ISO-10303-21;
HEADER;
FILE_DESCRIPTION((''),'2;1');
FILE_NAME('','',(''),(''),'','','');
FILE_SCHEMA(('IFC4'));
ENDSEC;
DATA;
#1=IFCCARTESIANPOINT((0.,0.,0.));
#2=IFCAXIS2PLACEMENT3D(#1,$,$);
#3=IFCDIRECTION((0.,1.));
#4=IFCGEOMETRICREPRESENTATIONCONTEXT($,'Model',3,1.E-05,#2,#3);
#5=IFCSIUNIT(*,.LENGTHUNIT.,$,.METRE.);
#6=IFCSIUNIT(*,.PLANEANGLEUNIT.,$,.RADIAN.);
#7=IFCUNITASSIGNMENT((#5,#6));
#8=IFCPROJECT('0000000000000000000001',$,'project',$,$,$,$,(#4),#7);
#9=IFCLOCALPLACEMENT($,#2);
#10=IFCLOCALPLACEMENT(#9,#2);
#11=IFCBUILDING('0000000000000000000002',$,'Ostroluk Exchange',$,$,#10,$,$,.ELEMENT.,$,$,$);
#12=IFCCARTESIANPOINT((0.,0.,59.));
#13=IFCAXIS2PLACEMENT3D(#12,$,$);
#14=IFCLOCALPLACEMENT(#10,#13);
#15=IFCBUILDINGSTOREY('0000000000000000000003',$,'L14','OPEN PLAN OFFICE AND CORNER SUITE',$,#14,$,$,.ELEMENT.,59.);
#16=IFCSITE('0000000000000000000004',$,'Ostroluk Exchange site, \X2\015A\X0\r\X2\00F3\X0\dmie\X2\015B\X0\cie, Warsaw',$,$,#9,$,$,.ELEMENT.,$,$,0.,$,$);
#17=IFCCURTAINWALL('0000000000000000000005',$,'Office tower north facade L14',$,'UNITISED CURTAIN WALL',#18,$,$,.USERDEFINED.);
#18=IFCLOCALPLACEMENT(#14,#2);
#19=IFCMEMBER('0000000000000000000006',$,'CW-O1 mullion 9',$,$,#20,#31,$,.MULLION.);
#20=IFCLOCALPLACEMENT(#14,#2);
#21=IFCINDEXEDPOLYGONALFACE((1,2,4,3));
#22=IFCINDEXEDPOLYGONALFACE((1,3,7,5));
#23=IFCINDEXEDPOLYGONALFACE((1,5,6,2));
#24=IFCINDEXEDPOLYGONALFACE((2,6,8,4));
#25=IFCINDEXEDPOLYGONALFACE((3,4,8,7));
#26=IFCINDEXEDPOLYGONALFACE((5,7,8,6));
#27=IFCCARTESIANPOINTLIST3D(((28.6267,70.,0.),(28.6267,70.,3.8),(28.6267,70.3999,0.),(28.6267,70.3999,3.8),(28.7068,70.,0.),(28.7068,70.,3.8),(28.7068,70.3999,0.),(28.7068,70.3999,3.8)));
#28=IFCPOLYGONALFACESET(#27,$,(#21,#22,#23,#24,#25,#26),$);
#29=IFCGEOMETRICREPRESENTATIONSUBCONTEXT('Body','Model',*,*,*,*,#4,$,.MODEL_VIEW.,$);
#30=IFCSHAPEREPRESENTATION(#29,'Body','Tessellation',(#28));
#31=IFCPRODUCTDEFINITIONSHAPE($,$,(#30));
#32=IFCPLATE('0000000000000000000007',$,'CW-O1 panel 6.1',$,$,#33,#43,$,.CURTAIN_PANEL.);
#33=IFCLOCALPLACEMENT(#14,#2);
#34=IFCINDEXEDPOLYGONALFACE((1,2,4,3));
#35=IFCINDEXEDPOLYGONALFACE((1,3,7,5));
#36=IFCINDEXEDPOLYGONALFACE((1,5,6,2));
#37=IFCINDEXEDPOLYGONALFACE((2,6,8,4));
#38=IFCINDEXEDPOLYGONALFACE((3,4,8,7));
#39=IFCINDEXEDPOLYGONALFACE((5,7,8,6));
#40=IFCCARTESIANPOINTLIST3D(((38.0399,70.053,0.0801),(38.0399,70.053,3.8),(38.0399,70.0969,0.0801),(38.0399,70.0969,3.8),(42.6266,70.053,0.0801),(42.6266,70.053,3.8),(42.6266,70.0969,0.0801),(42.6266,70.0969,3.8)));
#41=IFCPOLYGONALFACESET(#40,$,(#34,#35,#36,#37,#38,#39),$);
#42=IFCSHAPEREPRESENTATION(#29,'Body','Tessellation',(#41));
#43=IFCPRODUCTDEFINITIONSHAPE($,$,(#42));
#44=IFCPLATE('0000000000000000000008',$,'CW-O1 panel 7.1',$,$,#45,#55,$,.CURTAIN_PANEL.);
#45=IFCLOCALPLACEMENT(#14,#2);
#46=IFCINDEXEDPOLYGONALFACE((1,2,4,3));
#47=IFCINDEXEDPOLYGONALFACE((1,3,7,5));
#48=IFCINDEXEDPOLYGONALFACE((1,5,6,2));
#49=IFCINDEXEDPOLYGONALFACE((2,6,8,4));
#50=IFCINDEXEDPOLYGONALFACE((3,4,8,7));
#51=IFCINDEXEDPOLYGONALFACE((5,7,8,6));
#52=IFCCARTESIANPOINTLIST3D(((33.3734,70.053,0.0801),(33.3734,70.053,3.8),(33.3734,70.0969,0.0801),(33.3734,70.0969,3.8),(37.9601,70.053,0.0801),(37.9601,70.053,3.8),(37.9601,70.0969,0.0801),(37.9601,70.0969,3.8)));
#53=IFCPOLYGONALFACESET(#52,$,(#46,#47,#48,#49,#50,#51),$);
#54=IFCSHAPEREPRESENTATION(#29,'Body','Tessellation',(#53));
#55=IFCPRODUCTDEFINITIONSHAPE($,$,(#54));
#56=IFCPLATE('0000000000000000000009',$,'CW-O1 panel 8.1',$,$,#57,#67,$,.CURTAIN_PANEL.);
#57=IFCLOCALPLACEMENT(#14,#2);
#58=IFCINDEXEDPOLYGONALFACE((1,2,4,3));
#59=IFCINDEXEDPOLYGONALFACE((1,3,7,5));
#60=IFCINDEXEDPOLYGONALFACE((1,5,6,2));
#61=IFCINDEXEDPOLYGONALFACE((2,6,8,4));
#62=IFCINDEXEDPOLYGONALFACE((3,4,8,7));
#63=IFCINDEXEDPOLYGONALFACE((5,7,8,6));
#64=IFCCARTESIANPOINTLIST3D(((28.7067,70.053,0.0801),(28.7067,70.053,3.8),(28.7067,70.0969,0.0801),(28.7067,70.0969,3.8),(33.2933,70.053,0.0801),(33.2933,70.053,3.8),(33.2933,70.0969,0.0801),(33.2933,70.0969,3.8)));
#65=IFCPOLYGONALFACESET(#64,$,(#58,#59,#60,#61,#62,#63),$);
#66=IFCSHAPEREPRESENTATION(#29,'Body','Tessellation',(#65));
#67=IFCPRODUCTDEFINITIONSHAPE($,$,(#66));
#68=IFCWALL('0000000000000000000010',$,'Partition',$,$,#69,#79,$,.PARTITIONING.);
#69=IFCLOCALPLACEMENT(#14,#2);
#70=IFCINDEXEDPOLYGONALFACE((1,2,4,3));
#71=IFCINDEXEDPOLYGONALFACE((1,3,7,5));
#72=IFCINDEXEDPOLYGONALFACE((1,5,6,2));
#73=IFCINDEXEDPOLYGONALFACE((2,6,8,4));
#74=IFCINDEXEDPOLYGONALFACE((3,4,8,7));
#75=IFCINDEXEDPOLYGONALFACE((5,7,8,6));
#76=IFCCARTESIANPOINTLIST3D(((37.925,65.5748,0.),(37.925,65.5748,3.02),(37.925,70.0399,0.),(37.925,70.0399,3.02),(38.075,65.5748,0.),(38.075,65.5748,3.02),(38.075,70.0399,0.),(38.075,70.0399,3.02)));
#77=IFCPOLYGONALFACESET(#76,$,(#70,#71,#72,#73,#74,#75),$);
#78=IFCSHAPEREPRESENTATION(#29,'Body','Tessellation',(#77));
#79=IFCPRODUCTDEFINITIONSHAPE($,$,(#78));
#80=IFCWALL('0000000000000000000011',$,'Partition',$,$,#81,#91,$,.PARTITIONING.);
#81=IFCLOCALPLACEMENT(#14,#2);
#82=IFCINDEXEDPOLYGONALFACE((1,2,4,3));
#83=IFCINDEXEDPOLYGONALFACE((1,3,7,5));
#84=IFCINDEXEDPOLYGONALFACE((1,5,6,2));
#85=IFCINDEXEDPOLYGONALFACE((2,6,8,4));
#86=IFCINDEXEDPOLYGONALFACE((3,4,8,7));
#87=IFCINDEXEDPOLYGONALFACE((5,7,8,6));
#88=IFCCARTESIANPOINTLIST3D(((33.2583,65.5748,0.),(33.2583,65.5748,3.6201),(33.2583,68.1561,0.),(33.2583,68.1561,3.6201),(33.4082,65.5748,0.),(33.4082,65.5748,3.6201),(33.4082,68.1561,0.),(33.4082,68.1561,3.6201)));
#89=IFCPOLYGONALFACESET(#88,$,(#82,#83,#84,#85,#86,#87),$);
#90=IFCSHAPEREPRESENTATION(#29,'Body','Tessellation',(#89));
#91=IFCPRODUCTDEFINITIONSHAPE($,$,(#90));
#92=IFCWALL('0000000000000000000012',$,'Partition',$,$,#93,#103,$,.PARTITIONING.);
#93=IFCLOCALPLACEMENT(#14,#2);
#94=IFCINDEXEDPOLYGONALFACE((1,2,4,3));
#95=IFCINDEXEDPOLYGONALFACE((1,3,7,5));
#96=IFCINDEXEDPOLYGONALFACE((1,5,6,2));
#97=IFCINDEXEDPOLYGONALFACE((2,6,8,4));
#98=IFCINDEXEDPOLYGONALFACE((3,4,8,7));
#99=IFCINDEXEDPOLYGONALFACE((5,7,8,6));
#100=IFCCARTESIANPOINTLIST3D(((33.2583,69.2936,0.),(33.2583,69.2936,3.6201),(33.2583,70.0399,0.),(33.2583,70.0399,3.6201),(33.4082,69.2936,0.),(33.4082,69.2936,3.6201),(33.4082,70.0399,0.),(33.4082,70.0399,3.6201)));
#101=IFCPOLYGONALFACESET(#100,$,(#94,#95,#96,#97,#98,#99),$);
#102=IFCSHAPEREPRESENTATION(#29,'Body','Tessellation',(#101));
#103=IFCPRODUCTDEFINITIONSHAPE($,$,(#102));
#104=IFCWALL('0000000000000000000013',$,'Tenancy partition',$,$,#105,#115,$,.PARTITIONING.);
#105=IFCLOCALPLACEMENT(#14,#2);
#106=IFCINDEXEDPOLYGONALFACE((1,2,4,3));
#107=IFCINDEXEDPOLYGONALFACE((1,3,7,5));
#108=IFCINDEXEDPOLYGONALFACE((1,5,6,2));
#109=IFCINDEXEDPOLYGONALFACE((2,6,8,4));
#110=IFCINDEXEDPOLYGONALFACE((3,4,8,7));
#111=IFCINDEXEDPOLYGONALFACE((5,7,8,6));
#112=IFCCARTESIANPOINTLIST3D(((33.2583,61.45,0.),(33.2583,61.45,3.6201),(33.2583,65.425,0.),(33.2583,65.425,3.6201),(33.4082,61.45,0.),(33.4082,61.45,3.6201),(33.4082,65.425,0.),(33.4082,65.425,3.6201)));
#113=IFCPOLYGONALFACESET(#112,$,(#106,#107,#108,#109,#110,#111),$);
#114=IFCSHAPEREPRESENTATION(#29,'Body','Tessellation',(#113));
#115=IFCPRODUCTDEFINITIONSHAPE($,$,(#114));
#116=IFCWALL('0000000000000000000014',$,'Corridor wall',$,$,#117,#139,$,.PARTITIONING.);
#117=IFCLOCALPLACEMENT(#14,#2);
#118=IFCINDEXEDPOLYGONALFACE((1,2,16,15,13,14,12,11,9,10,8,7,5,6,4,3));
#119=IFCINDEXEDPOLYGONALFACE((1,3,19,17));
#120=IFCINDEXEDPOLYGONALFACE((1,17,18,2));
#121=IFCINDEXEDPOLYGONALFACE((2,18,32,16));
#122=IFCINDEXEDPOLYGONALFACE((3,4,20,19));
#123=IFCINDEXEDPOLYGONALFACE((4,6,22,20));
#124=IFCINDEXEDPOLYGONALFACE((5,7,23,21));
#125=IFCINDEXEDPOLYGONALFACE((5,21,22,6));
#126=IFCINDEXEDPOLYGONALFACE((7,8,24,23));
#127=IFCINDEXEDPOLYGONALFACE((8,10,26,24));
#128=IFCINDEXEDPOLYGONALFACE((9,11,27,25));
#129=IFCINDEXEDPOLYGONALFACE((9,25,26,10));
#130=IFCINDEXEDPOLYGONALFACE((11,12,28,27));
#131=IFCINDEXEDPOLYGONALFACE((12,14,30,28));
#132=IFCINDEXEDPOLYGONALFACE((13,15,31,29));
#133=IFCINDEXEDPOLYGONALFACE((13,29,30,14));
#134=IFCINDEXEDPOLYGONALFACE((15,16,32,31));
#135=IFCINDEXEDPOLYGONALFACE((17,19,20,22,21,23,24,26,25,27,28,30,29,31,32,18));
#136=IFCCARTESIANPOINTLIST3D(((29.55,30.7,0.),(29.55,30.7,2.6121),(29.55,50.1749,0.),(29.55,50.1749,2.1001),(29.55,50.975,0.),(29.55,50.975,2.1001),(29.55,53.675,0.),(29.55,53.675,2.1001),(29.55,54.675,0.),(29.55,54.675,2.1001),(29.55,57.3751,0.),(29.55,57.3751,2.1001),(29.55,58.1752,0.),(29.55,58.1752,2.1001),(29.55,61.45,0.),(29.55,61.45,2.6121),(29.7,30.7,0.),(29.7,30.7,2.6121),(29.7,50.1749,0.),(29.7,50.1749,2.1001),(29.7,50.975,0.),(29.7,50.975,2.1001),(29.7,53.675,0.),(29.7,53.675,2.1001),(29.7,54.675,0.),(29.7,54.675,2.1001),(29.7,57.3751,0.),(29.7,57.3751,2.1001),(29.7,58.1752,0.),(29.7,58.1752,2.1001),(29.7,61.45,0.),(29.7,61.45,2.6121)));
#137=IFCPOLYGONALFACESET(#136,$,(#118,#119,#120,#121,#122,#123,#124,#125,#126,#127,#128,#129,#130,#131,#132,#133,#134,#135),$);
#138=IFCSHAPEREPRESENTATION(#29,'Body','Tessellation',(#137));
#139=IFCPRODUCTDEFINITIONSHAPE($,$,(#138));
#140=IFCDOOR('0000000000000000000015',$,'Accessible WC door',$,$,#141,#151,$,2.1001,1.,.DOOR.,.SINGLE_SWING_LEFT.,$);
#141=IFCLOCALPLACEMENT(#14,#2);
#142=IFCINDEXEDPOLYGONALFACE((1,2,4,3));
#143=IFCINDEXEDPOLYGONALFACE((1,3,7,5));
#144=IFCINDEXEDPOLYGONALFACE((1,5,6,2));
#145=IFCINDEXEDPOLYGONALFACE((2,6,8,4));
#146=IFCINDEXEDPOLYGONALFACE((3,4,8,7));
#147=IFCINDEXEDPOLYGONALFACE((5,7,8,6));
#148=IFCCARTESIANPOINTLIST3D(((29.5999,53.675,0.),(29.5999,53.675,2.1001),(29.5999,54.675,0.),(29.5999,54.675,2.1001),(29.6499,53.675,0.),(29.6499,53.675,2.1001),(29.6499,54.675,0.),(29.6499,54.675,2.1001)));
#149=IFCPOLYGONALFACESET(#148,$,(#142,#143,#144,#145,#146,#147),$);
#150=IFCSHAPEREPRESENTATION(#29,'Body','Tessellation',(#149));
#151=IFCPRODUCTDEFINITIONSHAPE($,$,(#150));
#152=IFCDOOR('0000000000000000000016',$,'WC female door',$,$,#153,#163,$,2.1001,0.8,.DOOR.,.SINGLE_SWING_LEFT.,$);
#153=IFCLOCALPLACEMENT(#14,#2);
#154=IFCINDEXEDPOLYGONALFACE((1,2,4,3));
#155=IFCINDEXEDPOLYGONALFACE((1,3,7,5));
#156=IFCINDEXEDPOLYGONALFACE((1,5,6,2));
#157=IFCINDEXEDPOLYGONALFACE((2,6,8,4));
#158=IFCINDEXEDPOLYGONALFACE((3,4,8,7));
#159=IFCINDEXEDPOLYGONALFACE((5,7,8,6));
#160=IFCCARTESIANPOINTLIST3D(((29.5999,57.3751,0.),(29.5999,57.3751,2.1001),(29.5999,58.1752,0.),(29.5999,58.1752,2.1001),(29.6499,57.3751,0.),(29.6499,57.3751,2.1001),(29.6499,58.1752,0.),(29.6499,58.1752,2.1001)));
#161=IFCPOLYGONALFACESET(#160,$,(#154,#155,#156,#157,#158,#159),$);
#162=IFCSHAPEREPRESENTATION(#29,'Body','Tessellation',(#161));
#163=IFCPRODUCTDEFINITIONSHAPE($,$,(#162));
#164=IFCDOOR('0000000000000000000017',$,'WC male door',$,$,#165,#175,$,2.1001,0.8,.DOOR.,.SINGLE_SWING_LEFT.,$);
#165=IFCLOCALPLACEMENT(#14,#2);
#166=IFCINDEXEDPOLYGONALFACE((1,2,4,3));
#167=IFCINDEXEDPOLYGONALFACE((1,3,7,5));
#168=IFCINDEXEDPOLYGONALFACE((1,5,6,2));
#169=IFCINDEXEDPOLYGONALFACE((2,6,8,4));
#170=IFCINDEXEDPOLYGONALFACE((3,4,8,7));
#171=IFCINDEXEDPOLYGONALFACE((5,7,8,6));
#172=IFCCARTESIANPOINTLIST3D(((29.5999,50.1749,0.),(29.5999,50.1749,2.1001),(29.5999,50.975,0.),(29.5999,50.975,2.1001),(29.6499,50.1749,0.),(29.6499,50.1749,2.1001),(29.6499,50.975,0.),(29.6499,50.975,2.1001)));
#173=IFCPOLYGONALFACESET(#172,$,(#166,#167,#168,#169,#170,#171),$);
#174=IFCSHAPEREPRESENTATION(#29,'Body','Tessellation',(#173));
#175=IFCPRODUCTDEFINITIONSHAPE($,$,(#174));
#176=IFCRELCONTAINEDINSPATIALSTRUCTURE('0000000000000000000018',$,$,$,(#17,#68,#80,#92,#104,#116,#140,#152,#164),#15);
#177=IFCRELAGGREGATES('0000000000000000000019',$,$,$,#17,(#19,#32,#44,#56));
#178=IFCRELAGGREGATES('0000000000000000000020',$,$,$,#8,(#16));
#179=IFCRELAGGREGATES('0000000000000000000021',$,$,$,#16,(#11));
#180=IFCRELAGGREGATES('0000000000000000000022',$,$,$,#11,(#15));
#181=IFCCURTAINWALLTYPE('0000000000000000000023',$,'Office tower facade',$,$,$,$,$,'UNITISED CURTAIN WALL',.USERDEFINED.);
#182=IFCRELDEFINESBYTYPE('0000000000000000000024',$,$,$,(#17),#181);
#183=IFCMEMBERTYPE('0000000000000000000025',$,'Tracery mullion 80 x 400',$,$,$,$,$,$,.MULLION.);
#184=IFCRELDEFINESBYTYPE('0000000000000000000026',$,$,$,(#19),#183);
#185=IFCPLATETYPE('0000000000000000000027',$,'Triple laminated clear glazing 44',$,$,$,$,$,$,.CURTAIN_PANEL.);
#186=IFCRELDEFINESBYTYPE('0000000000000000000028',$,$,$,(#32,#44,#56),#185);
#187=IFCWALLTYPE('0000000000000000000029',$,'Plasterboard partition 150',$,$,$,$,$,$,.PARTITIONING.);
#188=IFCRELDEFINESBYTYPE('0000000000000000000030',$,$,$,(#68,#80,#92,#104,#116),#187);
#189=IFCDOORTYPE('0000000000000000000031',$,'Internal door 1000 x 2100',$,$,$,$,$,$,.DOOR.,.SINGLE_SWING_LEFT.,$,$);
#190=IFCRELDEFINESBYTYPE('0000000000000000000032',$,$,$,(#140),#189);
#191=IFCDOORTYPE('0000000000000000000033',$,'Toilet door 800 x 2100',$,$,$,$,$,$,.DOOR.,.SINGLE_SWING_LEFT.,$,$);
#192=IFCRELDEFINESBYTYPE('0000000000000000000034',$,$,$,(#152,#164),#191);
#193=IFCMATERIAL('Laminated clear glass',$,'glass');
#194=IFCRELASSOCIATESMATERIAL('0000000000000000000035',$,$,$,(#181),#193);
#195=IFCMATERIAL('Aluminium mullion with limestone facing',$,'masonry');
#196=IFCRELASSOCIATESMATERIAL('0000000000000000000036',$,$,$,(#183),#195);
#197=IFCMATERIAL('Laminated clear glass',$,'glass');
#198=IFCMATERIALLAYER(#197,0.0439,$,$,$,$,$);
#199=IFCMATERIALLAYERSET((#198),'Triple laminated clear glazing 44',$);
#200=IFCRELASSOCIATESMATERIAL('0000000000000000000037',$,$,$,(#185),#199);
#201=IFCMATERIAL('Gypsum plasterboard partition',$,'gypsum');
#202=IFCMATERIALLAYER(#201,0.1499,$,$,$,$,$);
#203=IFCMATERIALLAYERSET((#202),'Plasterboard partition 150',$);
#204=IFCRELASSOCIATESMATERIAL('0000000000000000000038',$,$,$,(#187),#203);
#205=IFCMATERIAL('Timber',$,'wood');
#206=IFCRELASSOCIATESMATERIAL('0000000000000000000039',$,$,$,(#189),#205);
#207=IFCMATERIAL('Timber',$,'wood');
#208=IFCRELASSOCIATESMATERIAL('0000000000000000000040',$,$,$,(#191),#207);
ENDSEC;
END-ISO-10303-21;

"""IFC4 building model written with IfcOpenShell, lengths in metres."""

from ifc_helpers import new_model, si_unit, direction, frame, frame_2d, origin, origin_2d, place, context, subcontext, project, spatial, rectangle, extrude, material, layer, layer_set, material_profile, profile_set, type_object, element, fill, aggregate, save


model = new_model("IFC4")

# Units and contexts
model_context = context("Model", 3, precision=1e-05, world=origin(), true_north=direction((0.0, 1.0)))
body_context = subcontext(model_context, "Body", "Model", "MODEL_VIEW")
ifc_project = project(units=[si_unit("LENGTHUNIT", "METRE"), si_unit("PLANEANGLEUNIT", "RADIAN")], contexts=[model_context])

# Site, building, storey
site_placement = place(None, origin())
site = spatial("IfcSite", under=ifc_project, at=site_placement, Name="Ostroluk Exchange site, Śródmieście, Warsaw", CompositionType="ELEMENT", RefElevation=0.0)
building_placement = place(site_placement, origin())
building = spatial("IfcBuilding", under=site, at=building_placement, Name="Ostroluk Exchange", CompositionType="ELEMENT")
storey_placement = place(building_placement, frame((0.0, 0.0, 59.0)))
storey = spatial("IfcBuildingStorey", under=building, at=storey_placement, Name="L14", Description="OPEN PLAN OFFICE AND CORNER SUITE", CompositionType="ELEMENT", Elevation=59.0)

# Curtain wall, member, plates
ifc_material_1 = material(Name="Laminated clear glass", Category="glass")
curtain_wall_type = type_object("IfcCurtainWallType", Name="Office tower facade", ElementType="UNITISED CURTAIN WALL", PredefinedType="USERDEFINED", material=ifc_material_1)
curtain_wall_placement = place(storey_placement, origin())
curtain_wall = element("IfcCurtainWall", 1, at=curtain_wall_placement, inside=storey, type_object=curtain_wall_type, Name="Office tower north facade L14", ObjectType="UNITISED CURTAIN WALL", PredefinedType="USERDEFINED")
ifc_material_2 = material(Name="Aluminium mullion with limestone facing", Category="masonry")
ifc_material_profile_1 = material_profile(ifc_material_2, rectangle(XDim=0.3999, YDim=0.0801, at=origin_2d()), Name="Tracery mullion 80 x 400")
ifc_profile_set_1 = profile_set([ifc_material_profile_1], Name="Aluminium mullion with limestone facing")
member_type_1 = type_object("IfcMemberType", Name="Tracery mullion 80 x 400", PredefinedType="MULLION", material=ifc_profile_set_1)
member_1_placement = place(storey_placement, frame((28.6667, 70.2, 0.0), z_axis=(0.0, 0.0, 1.0), x_axis=(0.0, -1.0, 0.0)))
member_1 = element("IfcMember", 2, at=member_1_placement, type_object=member_type_1, Name="CW-O1 mullion 9", PredefinedType="MULLION", context=body_context, shape_type="SweptSolid", body=[
    extrude(rectangle(XDim=0.3999, YDim=0.0801, at=origin_2d()), origin(), (0.0, 0.0, 1.0), 3.8),
])
ifc_material_3 = material(Name="Laminated clear glass", Category="glass")
ifc_layer_1 = layer(ifc_material_3, 0.0439)
ifc_layer_set_1 = layer_set([ifc_layer_1], Name="Triple laminated clear glazing 44")
plate_type = type_object("IfcPlateType", Name="Triple laminated clear glazing 44", PredefinedType="CURTAIN_PANEL", material=ifc_layer_set_1)
plate_1_placement = place(storey_placement, frame((40.3333, 70.075, 0.0801), z_axis=(0.0, 0.0, 1.0), x_axis=(-1.0, 0.0, 0.0)))
plate_1 = element("IfcPlate", 3, at=plate_1_placement, type_object=plate_type, Name="CW-O1 panel 6.1", PredefinedType="CURTAIN_PANEL", context=body_context, shape_type="SweptSolid", body=[
    extrude(rectangle(XDim=4.5867, YDim=0.0439, at=origin_2d()), origin(), (0.0, 0.0, 1.0), 3.72),
])
plate_2_placement = place(storey_placement, frame((35.6667, 70.075, 0.0801), z_axis=(0.0, 0.0, 1.0), x_axis=(-1.0, 0.0, 0.0)))
plate_2 = element("IfcPlate", 4, at=plate_2_placement, type_object=plate_type, Name="CW-O1 panel 7.1", PredefinedType="CURTAIN_PANEL", context=body_context, shape_type="SweptSolid", body=[
    extrude(rectangle(XDim=4.5867, YDim=0.0439, at=origin_2d()), origin(), (0.0, 0.0, 1.0), 3.72),
])
plate_3_placement = place(storey_placement, frame((31.0, 70.075, 0.0801), z_axis=(0.0, 0.0, 1.0), x_axis=(-1.0, 0.0, 0.0)))
plate_3 = element("IfcPlate", 5, at=plate_3_placement, type_object=plate_type, Name="CW-O1 panel 8.1", PredefinedType="CURTAIN_PANEL", context=body_context, shape_type="SweptSolid", body=[
    extrude(rectangle(XDim=4.5867, YDim=0.0439, at=origin_2d()), origin(), (0.0, 0.0, 1.0), 3.72),
])
aggregate(curtain_wall, [member_1, plate_1, plate_2, plate_3])

# Walls
ifc_material_4 = material(Name="Gypsum plasterboard partition", Category="gypsum")
ifc_layer_2 = layer(ifc_material_4, 0.1499)
ifc_layer_set_2 = layer_set([ifc_layer_2], Name="Plasterboard partition 150")
wall_type_1 = type_object("IfcWallType", Name="Plasterboard partition 150", PredefinedType="PARTITIONING", material=ifc_layer_set_2)
wall_1_placement = place(storey_placement, frame((38.0, 65.575, 0.0), z_axis=(0.0, 0.0, 1.0), x_axis=(0.0, 1.0, 0.0)))
element("IfcWall", 6, at=wall_1_placement, inside=storey, type_object=wall_type_1, Name="Partition", PredefinedType="PARTITIONING", context=body_context, shape_type="SweptSolid", body=[
    extrude(rectangle(XDim=4.4651, YDim=0.1499, at=frame_2d((2.2324, 0.0))), origin(), (0.0, 0.0, 1.0), 3.02),
])
wall_2_placement = place(storey_placement, frame((33.3333, 65.575, 0.0), z_axis=(0.0, 0.0, 1.0), x_axis=(0.0, 1.0, 0.0)))
element("IfcWall", 7, at=wall_2_placement, inside=storey, type_object=wall_type_1, Name="Partition", PredefinedType="PARTITIONING", context=body_context, shape_type="SweptSolid", body=[
    extrude(rectangle(XDim=2.5813, YDim=0.1499, at=frame_2d((1.2905, 0.0))), origin(), (0.0, 0.0, 1.0), 3.6201),
])
wall_3_placement = place(storey_placement, frame((33.3333, 69.2937, 0.0), z_axis=(0.0, 0.0, 1.0), x_axis=(0.0, 1.0, 0.0)))
element("IfcWall", 8, at=wall_3_placement, inside=storey, type_object=wall_type_1, Name="Partition", PredefinedType="PARTITIONING", context=body_context, shape_type="SweptSolid", body=[
    extrude(rectangle(XDim=0.7463, YDim=0.1499, at=frame_2d((0.373, 0.0))), origin(), (0.0, 0.0, 1.0), 3.6201),
])
wall_4_placement = place(storey_placement, frame((33.3333, 61.45, 0.0), z_axis=(0.0, 0.0, 1.0), x_axis=(0.0, 1.0, 0.0)))
element("IfcWall", 9, at=wall_4_placement, inside=storey, type_object=wall_type_1, Name="Tenancy partition", PredefinedType="PARTITIONING", context=body_context, shape_type="SweptSolid", body=[
    extrude(rectangle(XDim=3.9751, YDim=0.1499, at=frame_2d((1.9875, 0.0))), origin(), (0.0, 0.0, 1.0), 3.6201),
])

# Wall, openings, doors
wall_5_placement = place(storey_placement, frame((29.625, 61.45, 0.0), z_axis=(0.0, 0.0, 1.0), x_axis=(0.0, -1.0, 0.0)))
wall_5 = element("IfcWall", 10, at=wall_5_placement, inside=storey, type_object=wall_type_1, Name="Corridor wall", PredefinedType="PARTITIONING", context=body_context, shape_type="SweptSolid", body=[
    extrude(rectangle(XDim=30.75, YDim=0.1499, at=frame_2d((15.375, 0.0))), origin(), (0.0, 0.0, 1.0), 2.6121),
])
opening_1_placement = place(wall_5_placement, frame((3.2749, 0.0, 0.0)))
opening_1 = element("IfcOpeningElement", 11, at=opening_1_placement, cuts=wall_5, PredefinedType="OPENING", context=body_context, shape_type="SweptSolid", body=[
    extrude(rectangle(XDim=0.8, YDim=2.1001, at=frame_2d((0.3999, 1.05))), frame((0.0, 0.085, 0.0), z_axis=(0.0, -1.0, 0.0), x_axis=(1.0, 0.0, 0.0)), (0.0, 0.0, 1.0), 0.1699),
])
opening_2_placement = place(wall_5_placement, frame((6.7749, 0.0, 0.0)))
opening_2 = element("IfcOpeningElement", 12, at=opening_2_placement, cuts=wall_5, PredefinedType="OPENING", context=body_context, shape_type="SweptSolid", body=[
    extrude(rectangle(XDim=1.0, YDim=2.1001, at=frame_2d((0.5, 1.05))), frame((0.0, 0.085, 0.0), z_axis=(0.0, -1.0, 0.0), x_axis=(1.0, 0.0, 0.0)), (0.0, 0.0, 1.0), 0.1699),
])
opening_3_placement = place(wall_5_placement, frame((10.4751, 0.0, 0.0)))
opening_3 = element("IfcOpeningElement", 13, at=opening_3_placement, cuts=wall_5, PredefinedType="OPENING", context=body_context, shape_type="SweptSolid", body=[
    extrude(rectangle(XDim=0.8, YDim=2.1001, at=frame_2d((0.3999, 1.05))), frame((0.0, 0.085, 0.0), z_axis=(0.0, -1.0, 0.0), x_axis=(1.0, 0.0, 0.0)), (0.0, 0.0, 1.0), 0.1699),
])
ifc_material_5 = material(Name="Timber", Category="wood")
door_type_1 = type_object("IfcDoorType", Name="Internal door 1000 x 2100", OperationType="SINGLE_SWING_LEFT", PredefinedType="DOOR", material=ifc_material_5)
door_1_placement = place(opening_2_placement, origin())
door_1 = element("IfcDoor", 14, at=door_1_placement, inside=storey, type_object=door_type_1, Name="Accessible WC door", OperationType="SINGLE_SWING_LEFT", OverallHeight=2.1001, OverallWidth=1.0, PredefinedType="DOOR", context=body_context, shape_type="SweptSolid", body=[
    extrude(rectangle(XDim=1.0, YDim=2.1001, at=frame_2d((0.5, 1.05))), frame((0.0, 0.0249, 0.0), z_axis=(0.0, -1.0, 0.0), x_axis=(1.0, 0.0, 0.0)), (0.0, 0.0, 1.0), 0.05),
])
fill(opening_2, door_1)
ifc_material_6 = material(Name="Timber", Category="wood")
door_type_2 = type_object("IfcDoorType", Name="Toilet door 800 x 2100", OperationType="SINGLE_SWING_LEFT", PredefinedType="DOOR", material=ifc_material_6)
door_2_placement = place(opening_1_placement, origin())
door_2 = element("IfcDoor", 15, at=door_2_placement, inside=storey, type_object=door_type_2, Name="WC female door", OperationType="SINGLE_SWING_LEFT", OverallHeight=2.1001, OverallWidth=0.8, PredefinedType="DOOR", context=body_context, shape_type="SweptSolid", body=[
    extrude(rectangle(XDim=0.8, YDim=2.1001, at=frame_2d((0.3999, 1.05))), frame((0.0, 0.0249, 0.0), z_axis=(0.0, -1.0, 0.0), x_axis=(1.0, 0.0, 0.0)), (0.0, 0.0, 1.0), 0.05),
])
fill(opening_1, door_2)
door_3_placement = place(opening_3_placement, origin())
door_3 = element("IfcDoor", 16, at=door_3_placement, inside=storey, type_object=door_type_2, Name="WC male door", OperationType="SINGLE_SWING_LEFT", OverallHeight=2.1001, OverallWidth=0.8, PredefinedType="DOOR", context=body_context, shape_type="SweptSolid", body=[
    extrude(rectangle(XDim=0.8, YDim=2.1001, at=frame_2d((0.3999, 1.05))), frame((0.0, 0.0249, 0.0), z_axis=(0.0, -1.0, 0.0), x_axis=(1.0, 0.0, 0.0)), (0.0, 0.0, 1.0), 0.05),
])
fill(opening_3, door_3)

save(model, "model.ifc")
